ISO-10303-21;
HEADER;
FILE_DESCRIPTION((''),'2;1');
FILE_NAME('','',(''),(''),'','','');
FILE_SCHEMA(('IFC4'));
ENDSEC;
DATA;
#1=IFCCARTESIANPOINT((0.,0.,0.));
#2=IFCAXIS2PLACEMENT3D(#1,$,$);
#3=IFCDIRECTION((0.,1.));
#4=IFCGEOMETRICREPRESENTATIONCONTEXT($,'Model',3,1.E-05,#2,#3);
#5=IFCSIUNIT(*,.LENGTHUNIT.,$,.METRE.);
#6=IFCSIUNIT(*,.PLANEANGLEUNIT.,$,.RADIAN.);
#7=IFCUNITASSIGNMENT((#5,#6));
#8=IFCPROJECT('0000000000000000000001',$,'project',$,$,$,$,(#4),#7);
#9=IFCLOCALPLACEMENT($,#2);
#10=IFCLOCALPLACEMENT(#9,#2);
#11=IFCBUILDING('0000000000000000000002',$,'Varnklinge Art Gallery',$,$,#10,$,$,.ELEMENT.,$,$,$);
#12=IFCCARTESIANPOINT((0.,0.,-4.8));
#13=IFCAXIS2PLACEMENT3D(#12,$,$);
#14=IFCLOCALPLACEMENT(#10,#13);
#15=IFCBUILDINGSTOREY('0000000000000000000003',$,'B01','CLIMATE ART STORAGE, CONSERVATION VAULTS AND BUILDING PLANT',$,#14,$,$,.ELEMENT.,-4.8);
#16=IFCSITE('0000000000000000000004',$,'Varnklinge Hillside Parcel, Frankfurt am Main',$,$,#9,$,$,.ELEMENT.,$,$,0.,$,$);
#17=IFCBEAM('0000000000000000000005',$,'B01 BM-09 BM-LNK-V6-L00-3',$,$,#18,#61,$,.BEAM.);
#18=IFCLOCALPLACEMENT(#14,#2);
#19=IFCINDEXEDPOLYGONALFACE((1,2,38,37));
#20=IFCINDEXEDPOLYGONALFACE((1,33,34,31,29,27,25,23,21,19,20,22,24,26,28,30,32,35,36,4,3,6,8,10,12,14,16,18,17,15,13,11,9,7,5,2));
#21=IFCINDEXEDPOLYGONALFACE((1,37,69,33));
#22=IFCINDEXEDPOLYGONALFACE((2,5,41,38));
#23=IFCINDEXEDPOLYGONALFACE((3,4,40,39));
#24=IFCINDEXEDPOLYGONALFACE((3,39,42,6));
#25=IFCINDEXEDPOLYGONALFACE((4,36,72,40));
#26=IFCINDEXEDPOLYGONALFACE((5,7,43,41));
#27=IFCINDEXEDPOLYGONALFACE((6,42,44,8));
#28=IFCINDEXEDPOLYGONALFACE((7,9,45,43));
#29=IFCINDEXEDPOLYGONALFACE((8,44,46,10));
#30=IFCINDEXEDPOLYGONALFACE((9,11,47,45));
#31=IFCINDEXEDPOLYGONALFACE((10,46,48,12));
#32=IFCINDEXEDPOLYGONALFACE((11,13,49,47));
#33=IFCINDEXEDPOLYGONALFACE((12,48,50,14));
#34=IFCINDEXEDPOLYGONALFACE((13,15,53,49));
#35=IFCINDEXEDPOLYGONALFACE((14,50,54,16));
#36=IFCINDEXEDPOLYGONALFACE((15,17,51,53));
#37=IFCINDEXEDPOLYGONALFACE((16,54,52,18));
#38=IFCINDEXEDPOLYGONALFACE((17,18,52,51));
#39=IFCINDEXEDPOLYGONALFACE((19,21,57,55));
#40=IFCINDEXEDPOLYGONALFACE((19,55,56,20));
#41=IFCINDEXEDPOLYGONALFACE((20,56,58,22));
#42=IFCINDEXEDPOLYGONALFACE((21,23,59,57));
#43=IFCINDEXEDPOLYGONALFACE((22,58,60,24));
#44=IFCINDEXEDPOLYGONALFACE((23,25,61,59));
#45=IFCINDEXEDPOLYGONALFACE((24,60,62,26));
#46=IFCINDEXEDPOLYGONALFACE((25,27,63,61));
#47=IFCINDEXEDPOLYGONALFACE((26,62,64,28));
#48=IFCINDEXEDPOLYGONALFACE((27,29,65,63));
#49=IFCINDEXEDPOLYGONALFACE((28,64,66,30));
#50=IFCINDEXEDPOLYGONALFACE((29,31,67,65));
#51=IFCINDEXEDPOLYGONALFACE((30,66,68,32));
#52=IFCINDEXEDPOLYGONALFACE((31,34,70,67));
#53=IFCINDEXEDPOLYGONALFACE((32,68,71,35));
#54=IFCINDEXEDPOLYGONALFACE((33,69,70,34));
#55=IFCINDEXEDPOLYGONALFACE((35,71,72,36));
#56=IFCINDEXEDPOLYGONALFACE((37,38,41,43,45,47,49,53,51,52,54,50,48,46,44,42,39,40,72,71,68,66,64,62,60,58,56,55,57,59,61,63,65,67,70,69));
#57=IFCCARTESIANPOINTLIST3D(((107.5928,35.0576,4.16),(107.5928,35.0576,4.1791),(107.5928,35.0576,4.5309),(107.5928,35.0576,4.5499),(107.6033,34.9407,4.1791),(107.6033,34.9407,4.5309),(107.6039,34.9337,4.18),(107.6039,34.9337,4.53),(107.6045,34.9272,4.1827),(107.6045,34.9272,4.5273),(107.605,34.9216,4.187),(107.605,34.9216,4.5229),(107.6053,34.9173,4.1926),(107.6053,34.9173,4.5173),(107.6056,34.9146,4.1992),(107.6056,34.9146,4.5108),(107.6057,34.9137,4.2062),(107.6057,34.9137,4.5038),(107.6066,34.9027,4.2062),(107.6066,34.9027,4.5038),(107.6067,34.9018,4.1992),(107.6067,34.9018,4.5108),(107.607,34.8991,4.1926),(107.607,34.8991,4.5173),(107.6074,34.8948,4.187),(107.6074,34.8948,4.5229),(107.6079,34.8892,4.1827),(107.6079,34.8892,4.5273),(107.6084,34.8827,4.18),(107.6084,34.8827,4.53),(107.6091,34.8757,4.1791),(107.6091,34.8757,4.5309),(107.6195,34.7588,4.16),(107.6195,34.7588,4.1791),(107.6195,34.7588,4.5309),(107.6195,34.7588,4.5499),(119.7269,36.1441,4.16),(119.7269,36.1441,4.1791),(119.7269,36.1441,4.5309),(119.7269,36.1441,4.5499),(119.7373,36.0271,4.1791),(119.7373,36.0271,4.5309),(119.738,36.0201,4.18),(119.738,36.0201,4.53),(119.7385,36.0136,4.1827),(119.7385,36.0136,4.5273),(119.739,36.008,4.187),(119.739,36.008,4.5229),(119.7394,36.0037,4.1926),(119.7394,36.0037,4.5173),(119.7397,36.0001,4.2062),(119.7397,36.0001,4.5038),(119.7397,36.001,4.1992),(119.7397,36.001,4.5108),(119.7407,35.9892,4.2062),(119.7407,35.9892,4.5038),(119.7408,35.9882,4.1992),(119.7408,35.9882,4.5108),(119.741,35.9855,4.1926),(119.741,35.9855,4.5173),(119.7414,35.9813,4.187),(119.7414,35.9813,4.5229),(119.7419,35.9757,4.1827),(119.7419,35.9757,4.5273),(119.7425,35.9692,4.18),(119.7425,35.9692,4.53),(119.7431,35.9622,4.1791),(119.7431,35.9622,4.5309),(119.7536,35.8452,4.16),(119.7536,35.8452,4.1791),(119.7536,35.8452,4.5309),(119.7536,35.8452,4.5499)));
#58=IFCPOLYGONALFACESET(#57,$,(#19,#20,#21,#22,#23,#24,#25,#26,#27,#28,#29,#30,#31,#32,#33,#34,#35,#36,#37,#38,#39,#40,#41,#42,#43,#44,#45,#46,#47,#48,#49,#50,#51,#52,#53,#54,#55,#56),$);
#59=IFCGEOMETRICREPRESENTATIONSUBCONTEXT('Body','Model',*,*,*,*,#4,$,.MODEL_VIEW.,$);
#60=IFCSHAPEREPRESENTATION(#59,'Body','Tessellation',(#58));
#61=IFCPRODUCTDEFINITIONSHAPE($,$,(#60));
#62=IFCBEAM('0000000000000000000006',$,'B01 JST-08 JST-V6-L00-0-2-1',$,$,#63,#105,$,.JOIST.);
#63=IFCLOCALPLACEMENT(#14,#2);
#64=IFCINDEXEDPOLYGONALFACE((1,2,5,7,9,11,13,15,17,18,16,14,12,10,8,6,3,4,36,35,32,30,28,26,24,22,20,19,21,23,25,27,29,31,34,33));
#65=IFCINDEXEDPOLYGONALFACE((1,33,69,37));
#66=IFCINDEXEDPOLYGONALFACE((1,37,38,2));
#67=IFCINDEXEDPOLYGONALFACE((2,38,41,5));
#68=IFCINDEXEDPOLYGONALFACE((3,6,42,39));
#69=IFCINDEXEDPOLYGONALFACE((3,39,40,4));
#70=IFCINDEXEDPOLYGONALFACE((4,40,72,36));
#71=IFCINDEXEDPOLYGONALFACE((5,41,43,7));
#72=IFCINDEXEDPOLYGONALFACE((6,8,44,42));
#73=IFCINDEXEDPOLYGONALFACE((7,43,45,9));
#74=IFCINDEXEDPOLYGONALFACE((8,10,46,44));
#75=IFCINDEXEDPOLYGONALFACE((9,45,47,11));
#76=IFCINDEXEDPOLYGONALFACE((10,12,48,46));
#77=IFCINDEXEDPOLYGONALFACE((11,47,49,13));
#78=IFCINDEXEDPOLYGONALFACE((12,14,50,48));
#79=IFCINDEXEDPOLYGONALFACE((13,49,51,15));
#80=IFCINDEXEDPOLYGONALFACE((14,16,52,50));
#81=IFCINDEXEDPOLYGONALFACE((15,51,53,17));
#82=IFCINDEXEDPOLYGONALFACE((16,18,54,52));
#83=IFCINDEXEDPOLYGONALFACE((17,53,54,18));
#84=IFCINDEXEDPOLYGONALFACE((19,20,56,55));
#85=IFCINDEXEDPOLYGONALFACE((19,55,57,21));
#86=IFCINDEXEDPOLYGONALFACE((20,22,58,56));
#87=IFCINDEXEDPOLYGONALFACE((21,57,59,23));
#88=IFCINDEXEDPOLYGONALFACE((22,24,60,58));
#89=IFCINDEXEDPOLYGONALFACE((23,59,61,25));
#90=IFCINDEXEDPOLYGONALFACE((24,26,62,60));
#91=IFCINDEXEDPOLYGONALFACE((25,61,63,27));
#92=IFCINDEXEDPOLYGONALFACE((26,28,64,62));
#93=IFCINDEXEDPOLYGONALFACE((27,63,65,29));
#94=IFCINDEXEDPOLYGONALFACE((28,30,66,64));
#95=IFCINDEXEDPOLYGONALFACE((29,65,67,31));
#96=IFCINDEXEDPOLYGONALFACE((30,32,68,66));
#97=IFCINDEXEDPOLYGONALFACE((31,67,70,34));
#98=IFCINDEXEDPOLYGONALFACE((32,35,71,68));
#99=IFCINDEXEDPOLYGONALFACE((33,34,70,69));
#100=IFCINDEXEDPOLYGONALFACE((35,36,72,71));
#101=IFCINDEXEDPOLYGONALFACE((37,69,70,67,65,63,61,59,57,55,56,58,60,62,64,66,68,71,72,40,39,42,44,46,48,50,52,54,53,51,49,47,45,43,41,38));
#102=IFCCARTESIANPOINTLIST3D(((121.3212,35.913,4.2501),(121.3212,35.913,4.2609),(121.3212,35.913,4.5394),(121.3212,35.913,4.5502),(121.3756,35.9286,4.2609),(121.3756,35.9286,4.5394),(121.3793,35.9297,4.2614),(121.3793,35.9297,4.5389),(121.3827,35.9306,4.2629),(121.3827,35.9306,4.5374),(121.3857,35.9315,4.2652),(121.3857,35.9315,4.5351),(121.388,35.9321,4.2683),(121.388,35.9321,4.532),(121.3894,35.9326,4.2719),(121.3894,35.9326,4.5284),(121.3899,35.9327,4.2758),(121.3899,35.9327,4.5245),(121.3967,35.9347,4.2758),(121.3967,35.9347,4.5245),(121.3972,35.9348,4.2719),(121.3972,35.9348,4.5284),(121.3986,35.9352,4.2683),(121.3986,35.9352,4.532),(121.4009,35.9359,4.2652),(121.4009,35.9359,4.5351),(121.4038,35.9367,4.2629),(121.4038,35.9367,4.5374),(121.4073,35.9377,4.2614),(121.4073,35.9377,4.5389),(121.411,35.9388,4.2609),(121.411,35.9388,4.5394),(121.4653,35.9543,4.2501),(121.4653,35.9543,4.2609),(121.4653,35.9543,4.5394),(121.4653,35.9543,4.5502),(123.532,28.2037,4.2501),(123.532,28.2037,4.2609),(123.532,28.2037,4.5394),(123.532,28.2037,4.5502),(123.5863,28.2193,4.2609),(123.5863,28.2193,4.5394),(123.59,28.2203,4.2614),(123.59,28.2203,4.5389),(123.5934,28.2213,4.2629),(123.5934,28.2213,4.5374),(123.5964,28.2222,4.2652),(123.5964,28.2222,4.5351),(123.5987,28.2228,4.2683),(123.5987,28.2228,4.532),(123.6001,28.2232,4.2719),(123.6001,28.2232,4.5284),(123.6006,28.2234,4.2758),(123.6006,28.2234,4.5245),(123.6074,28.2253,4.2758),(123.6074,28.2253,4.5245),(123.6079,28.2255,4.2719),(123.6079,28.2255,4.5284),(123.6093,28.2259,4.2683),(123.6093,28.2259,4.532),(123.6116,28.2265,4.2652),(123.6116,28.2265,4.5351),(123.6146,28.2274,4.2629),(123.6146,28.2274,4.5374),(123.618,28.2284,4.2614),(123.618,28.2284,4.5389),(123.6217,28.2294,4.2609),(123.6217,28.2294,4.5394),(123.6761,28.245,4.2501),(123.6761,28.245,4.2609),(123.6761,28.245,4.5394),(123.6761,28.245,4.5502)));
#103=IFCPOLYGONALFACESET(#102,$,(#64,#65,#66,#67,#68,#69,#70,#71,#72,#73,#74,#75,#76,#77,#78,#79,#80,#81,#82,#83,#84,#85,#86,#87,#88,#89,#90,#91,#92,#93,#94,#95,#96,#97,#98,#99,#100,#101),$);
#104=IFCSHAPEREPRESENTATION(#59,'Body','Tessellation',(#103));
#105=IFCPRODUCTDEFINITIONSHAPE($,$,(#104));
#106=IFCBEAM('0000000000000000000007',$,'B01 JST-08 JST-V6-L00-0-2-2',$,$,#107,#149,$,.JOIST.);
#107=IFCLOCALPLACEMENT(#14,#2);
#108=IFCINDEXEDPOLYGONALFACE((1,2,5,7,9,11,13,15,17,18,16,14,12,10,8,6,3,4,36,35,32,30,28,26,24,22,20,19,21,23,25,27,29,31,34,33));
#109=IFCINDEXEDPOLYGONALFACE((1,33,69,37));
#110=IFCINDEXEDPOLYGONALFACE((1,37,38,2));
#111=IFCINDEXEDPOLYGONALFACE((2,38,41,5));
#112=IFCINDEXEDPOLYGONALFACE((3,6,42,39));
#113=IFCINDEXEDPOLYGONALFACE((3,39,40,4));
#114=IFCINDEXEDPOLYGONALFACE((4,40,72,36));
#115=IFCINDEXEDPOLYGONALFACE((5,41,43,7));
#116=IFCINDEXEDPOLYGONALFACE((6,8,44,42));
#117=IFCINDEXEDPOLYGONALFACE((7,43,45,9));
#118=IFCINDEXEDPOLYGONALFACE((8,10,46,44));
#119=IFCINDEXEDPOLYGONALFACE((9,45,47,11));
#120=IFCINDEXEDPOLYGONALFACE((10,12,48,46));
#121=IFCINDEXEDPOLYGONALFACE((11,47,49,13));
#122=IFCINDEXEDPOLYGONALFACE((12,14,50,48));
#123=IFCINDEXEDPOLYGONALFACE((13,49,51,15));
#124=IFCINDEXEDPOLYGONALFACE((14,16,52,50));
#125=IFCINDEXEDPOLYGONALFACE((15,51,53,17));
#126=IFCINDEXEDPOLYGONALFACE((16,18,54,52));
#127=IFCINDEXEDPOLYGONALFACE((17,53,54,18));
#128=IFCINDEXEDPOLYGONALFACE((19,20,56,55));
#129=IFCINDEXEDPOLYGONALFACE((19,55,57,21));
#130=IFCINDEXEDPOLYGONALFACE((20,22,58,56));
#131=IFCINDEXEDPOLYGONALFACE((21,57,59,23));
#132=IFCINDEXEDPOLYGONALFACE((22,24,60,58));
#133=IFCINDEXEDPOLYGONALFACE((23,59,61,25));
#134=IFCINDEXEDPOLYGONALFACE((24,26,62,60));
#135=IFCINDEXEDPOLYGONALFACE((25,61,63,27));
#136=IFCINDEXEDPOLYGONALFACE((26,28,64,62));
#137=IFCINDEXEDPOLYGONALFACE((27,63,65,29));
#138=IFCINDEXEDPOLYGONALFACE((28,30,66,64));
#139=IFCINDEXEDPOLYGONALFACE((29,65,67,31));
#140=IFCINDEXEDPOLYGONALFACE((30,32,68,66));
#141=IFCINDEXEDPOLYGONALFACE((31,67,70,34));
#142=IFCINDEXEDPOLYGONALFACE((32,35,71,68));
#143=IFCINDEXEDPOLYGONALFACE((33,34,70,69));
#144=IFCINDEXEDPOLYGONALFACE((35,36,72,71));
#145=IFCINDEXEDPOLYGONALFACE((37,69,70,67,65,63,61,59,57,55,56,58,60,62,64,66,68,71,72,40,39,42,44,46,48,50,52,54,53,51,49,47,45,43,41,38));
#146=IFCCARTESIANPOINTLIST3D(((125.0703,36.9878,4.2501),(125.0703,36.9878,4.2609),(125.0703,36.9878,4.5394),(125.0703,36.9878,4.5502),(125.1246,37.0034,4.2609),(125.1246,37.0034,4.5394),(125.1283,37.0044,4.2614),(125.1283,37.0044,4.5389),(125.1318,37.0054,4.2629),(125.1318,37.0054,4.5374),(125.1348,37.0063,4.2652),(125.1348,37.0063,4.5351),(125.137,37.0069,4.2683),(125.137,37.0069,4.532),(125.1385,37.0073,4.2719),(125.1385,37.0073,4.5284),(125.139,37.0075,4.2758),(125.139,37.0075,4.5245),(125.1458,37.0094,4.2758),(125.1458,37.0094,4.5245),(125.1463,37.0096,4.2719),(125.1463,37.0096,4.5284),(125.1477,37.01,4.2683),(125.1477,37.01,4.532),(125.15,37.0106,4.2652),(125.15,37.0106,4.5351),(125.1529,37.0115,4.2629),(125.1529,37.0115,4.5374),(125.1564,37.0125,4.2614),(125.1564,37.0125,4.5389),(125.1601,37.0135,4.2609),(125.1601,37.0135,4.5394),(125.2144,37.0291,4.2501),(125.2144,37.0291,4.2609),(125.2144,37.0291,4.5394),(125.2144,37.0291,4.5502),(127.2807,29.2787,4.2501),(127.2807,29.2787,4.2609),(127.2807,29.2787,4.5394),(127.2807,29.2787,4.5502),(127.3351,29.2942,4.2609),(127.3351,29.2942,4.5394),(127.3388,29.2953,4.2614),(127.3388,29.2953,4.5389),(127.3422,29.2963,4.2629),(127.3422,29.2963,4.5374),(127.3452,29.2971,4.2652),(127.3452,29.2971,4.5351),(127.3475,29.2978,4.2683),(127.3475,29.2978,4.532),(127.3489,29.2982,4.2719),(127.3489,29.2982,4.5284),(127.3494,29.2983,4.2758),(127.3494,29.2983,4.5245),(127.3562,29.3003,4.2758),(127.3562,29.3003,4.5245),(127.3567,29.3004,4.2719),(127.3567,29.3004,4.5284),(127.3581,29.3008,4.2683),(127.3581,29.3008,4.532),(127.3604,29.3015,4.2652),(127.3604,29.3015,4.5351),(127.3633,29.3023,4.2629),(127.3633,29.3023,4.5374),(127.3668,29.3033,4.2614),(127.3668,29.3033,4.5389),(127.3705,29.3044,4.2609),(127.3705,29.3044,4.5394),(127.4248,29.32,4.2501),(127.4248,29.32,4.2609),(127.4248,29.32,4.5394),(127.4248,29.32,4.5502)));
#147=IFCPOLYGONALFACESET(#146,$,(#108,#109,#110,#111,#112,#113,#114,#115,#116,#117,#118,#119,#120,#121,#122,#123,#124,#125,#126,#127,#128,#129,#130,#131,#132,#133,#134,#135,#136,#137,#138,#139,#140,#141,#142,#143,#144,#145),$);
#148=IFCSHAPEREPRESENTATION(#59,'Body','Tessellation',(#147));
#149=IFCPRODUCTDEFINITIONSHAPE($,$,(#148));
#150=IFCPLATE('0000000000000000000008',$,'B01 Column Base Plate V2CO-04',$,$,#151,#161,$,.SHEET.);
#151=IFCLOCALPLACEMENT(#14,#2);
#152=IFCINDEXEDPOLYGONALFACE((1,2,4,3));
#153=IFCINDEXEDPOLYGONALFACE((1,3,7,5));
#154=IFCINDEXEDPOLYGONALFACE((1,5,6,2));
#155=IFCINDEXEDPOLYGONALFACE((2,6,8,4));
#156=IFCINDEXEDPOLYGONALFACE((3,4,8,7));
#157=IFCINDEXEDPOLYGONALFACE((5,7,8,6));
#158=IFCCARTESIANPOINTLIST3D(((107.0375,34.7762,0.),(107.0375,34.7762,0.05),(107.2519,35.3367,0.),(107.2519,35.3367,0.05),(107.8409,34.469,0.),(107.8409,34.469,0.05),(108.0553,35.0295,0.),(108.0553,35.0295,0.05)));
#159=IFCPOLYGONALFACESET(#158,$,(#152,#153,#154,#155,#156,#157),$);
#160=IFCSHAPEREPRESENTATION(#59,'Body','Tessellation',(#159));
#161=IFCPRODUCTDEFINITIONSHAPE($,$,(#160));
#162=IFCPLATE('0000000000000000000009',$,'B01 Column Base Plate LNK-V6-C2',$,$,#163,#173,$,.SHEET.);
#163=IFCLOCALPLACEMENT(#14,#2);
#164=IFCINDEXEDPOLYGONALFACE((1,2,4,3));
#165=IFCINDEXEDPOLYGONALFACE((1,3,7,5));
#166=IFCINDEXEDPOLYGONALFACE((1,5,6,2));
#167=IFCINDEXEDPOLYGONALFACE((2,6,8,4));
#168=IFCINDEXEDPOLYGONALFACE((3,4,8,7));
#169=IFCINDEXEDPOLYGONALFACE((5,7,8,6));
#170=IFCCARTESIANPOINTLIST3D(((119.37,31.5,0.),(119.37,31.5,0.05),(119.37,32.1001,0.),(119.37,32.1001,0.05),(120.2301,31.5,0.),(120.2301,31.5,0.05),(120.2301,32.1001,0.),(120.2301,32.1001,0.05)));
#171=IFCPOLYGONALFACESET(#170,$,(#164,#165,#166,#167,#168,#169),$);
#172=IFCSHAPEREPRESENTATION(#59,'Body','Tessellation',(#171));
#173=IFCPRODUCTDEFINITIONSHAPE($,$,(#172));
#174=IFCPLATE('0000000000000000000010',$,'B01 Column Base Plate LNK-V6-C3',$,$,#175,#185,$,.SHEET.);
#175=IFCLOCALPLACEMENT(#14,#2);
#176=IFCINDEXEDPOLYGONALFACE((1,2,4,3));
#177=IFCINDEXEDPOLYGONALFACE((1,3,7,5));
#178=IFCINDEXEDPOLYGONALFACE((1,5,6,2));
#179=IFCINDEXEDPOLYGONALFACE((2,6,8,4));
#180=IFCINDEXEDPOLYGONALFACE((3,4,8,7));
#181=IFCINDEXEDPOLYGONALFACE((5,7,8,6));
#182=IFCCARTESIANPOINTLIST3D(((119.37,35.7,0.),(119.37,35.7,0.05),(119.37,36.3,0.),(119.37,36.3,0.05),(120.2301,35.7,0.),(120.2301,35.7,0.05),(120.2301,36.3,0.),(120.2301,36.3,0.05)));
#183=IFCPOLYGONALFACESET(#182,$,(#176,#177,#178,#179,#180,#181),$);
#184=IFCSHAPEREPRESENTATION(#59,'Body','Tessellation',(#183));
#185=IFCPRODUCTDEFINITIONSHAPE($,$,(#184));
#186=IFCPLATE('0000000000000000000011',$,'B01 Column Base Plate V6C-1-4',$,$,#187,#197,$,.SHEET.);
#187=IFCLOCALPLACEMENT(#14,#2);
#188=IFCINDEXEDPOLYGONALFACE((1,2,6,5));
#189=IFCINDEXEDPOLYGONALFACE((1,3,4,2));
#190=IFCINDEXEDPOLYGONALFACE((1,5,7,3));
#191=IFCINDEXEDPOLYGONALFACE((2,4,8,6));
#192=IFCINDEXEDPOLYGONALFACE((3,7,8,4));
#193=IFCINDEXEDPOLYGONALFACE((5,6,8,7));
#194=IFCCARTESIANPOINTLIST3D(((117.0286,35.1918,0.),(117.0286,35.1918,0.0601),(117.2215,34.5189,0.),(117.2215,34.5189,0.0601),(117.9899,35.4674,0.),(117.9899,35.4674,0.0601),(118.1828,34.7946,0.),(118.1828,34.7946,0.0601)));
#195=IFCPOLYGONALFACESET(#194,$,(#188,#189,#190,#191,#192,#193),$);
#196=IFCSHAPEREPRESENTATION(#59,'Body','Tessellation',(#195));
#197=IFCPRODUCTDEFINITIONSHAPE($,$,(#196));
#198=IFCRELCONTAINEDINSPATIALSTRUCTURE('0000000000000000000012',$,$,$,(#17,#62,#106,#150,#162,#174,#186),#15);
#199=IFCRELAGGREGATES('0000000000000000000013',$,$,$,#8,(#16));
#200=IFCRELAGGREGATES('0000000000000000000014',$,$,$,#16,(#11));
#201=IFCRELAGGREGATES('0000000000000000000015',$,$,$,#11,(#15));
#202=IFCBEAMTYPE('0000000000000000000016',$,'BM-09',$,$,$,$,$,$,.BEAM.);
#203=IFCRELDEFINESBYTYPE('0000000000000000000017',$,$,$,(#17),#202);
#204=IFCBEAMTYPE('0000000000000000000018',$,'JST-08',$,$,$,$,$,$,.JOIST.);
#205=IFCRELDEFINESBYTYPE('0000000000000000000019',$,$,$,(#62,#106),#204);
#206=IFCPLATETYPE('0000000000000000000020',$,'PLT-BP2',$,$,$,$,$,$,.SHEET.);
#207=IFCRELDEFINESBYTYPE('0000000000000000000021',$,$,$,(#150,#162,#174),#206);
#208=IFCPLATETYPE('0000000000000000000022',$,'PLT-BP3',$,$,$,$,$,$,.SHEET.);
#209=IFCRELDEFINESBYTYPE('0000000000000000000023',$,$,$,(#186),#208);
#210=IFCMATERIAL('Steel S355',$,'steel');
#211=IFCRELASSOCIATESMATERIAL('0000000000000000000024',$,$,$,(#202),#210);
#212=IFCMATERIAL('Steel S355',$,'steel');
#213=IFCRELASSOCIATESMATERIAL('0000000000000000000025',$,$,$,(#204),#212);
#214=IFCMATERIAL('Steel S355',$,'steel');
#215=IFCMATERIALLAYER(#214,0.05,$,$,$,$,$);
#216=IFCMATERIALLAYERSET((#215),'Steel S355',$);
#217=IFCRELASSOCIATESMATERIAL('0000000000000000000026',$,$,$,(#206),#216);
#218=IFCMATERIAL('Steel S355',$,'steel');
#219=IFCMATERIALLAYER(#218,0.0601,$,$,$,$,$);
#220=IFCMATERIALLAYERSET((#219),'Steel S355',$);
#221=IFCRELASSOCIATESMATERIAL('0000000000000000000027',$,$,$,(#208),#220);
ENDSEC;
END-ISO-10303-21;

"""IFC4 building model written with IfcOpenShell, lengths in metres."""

from ifc_helpers import new_model, si_unit, direction, frame, origin, origin_2d, place, context, subcontext, project, spatial, rectangle, i_section, extrude, material, layer, layer_set, material_profile, profile_set, type_object, element, save


model = new_model("IFC4")

# Units and contexts
model_context = context("Model", 3, precision=1e-05, world=origin(), true_north=direction((0.0, 1.0)))
body_context = subcontext(model_context, "Body", "Model", "MODEL_VIEW")
ifc_project = project(units=[si_unit("LENGTHUNIT", "METRE"), si_unit("PLANEANGLEUNIT", "RADIAN")], contexts=[model_context])

# Site, building, storey
site_placement = place(None, origin())
site = spatial("IfcSite", under=ifc_project, at=site_placement, Name="Varnklinge Hillside Parcel, Frankfurt am Main", CompositionType="ELEMENT", RefElevation=0.0)
building_placement = place(site_placement, origin())
building = spatial("IfcBuilding", under=site, at=building_placement, Name="Varnklinge Art Gallery", CompositionType="ELEMENT")
storey_placement = place(building_placement, frame((0.0, 0.0, -4.8)))
storey = spatial("IfcBuildingStorey", under=building, at=storey_placement, Name="B01", Description="CLIMATE ART STORAGE, CONSERVATION VAULTS AND BUILDING PLANT", CompositionType="ELEMENT", Elevation=-4.8)

# Beams
ifc_material_1 = material(Name="Steel S355", Category="steel")
ifc_material_profile_1 = material_profile(ifc_material_1, i_section(OverallWidth=0.3, OverallDepth=0.3899, WebThickness=0.011, FlangeThickness=0.019, FilletRadius=0.0271, at=origin_2d()), Name="HEA 400")
ifc_profile_set_1 = profile_set([ifc_material_profile_1], Name="Steel S355")
beam_type_1 = type_object("IfcBeamType", Name="BM-09", PredefinedType="BEAM", material=ifc_profile_set_1)
beam_1_placement = place(storey_placement, frame((119.7402, 35.9946, 4.355), z_axis=(-0.996016, -0.089179, 0.0), x_axis=(0.089179, -0.996016, 0.0)))
element("IfcBeam", 1, at=beam_1_placement, inside=storey, type_object=beam_type_1, Name="B01 BM-09 BM-LNK-V6-L00-3", PredefinedType="BEAM", context=body_context, shape_type="SweptSolid", body=[
    extrude(i_section(OverallWidth=0.3, OverallDepth=0.3899, WebThickness=0.011, FlangeThickness=0.019, FilletRadius=0.0271, at=origin_2d()), origin(), (0.0, 0.0, 1.0), 12.1826),
])
ifc_material_2 = material(Name="Steel S355", Category="steel")
ifc_material_profile_2 = material_profile(ifc_material_2, i_section(OverallWidth=0.1499, OverallDepth=0.3, WebThickness=0.0071, FlangeThickness=0.0107, FilletRadius=0.0149, at=origin_2d()), Name="IPE 300")
ifc_profile_set_2 = profile_set([ifc_material_profile_2], Name="Steel S355")
beam_type_2 = type_object("IfcBeamType", Name="JST-08", PredefinedType="JOIST", material=ifc_profile_set_2)
beam_2_placement = place(storey_placement, frame((123.604, 28.2244, 4.4001), z_axis=(-0.27565, 0.961258, 0.0), x_axis=(-0.961258, -0.27565, 0.0)))
element("IfcBeam", 2, at=beam_2_placement, inside=storey, type_object=beam_type_2, Name="B01 JST-08 JST-V6-L00-0-2-1", PredefinedType="JOIST", context=body_context, shape_type="SweptSolid", body=[
    extrude(i_section(OverallWidth=0.1499, OverallDepth=0.3, WebThickness=0.0071, FlangeThickness=0.0107, FilletRadius=0.0149, at=origin_2d()), origin(), (0.0, 0.0, 1.0), 8.02),
])
beam_3_placement = place(storey_placement, frame((127.3528, 29.2993, 4.4001), z_axis=(-0.275622, 0.961266, 0.0), x_axis=(-0.961266, -0.275622, 0.0)))
element("IfcBeam", 3, at=beam_3_placement, inside=storey, type_object=beam_type_2, Name="B01 JST-08 JST-V6-L00-0-2-2", PredefinedType="JOIST", context=body_context, shape_type="SweptSolid", body=[
    extrude(i_section(OverallWidth=0.1499, OverallDepth=0.3, WebThickness=0.0071, FlangeThickness=0.0107, FilletRadius=0.0149, at=origin_2d()), origin(), (0.0, 0.0, 1.0), 8.0198),
])

# Plates
ifc_material_3 = material(Name="Steel S355", Category="steel")
ifc_layer_1 = layer(ifc_material_3, 0.05)
ifc_layer_set_1 = layer_set([ifc_layer_1], Name="Steel S355")
plate_type_1 = type_object("IfcPlateType", Name="PLT-BP2", PredefinedType="SHEET", material=ifc_layer_set_1)
for number, where, z_axis, x_axis, name in (
    (4, (107.5464, 34.9028, 0.0), (0.0, 0.0, 1.0), (-0.934018, 0.357227, 0.0), "B01 Column Base Plate V2CO-04"),
    (5, (119.8, 31.8, 0.0), (0.0, 0.0, 1.0), (1.0, 0.0, 0.0), "B01 Column Base Plate LNK-V6-C2"),
    (6, (119.8, 36.0, 0.0), (0.0, 0.0, 1.0), (1.0, 0.0, 0.0), "B01 Column Base Plate LNK-V6-C3"),
):
    element("IfcPlate", number, at=place(storey_placement, frame(where, z_axis=z_axis, x_axis=x_axis)), inside=storey, type_object=plate_type_1, Name=name, PredefinedType="SHEET", context=body_context, shape_type="SweptSolid", body=[
        extrude(rectangle(XDim=0.8601, YDim=0.6001, at=origin_2d()), origin(), (0.0, 0.0, 1.0), 0.05),
    ])
ifc_material_4 = material(Name="Steel S355", Category="steel")
ifc_layer_2 = layer(ifc_material_4, 0.0601)
ifc_layer_set_2 = layer_set([ifc_layer_2], Name="Steel S355")
plate_type_2 = type_object("IfcPlateType", Name="PLT-BP3", PredefinedType="SHEET", material=ifc_layer_set_2)
for number, where, z_axis, x_axis, name in (
    (7, (117.6057, 34.9932, 0.0), (0.0, 0.0, 1.0), (0.961262, 0.275637, 0.0), "B01 Column Base Plate V6C-1-4"),
):
    element("IfcPlate", number, at=place(storey_placement, frame(where, z_axis=z_axis, x_axis=x_axis)), inside=storey, type_object=plate_type_2, Name=name, PredefinedType="SHEET", context=body_context, shape_type="SweptSolid", body=[
        extrude(rectangle(XDim=1.0, YDim=0.7, at=origin_2d()), origin(), (0.0, 0.0, 1.0), 0.0601),
    ])

save(model, "model.ifc")
